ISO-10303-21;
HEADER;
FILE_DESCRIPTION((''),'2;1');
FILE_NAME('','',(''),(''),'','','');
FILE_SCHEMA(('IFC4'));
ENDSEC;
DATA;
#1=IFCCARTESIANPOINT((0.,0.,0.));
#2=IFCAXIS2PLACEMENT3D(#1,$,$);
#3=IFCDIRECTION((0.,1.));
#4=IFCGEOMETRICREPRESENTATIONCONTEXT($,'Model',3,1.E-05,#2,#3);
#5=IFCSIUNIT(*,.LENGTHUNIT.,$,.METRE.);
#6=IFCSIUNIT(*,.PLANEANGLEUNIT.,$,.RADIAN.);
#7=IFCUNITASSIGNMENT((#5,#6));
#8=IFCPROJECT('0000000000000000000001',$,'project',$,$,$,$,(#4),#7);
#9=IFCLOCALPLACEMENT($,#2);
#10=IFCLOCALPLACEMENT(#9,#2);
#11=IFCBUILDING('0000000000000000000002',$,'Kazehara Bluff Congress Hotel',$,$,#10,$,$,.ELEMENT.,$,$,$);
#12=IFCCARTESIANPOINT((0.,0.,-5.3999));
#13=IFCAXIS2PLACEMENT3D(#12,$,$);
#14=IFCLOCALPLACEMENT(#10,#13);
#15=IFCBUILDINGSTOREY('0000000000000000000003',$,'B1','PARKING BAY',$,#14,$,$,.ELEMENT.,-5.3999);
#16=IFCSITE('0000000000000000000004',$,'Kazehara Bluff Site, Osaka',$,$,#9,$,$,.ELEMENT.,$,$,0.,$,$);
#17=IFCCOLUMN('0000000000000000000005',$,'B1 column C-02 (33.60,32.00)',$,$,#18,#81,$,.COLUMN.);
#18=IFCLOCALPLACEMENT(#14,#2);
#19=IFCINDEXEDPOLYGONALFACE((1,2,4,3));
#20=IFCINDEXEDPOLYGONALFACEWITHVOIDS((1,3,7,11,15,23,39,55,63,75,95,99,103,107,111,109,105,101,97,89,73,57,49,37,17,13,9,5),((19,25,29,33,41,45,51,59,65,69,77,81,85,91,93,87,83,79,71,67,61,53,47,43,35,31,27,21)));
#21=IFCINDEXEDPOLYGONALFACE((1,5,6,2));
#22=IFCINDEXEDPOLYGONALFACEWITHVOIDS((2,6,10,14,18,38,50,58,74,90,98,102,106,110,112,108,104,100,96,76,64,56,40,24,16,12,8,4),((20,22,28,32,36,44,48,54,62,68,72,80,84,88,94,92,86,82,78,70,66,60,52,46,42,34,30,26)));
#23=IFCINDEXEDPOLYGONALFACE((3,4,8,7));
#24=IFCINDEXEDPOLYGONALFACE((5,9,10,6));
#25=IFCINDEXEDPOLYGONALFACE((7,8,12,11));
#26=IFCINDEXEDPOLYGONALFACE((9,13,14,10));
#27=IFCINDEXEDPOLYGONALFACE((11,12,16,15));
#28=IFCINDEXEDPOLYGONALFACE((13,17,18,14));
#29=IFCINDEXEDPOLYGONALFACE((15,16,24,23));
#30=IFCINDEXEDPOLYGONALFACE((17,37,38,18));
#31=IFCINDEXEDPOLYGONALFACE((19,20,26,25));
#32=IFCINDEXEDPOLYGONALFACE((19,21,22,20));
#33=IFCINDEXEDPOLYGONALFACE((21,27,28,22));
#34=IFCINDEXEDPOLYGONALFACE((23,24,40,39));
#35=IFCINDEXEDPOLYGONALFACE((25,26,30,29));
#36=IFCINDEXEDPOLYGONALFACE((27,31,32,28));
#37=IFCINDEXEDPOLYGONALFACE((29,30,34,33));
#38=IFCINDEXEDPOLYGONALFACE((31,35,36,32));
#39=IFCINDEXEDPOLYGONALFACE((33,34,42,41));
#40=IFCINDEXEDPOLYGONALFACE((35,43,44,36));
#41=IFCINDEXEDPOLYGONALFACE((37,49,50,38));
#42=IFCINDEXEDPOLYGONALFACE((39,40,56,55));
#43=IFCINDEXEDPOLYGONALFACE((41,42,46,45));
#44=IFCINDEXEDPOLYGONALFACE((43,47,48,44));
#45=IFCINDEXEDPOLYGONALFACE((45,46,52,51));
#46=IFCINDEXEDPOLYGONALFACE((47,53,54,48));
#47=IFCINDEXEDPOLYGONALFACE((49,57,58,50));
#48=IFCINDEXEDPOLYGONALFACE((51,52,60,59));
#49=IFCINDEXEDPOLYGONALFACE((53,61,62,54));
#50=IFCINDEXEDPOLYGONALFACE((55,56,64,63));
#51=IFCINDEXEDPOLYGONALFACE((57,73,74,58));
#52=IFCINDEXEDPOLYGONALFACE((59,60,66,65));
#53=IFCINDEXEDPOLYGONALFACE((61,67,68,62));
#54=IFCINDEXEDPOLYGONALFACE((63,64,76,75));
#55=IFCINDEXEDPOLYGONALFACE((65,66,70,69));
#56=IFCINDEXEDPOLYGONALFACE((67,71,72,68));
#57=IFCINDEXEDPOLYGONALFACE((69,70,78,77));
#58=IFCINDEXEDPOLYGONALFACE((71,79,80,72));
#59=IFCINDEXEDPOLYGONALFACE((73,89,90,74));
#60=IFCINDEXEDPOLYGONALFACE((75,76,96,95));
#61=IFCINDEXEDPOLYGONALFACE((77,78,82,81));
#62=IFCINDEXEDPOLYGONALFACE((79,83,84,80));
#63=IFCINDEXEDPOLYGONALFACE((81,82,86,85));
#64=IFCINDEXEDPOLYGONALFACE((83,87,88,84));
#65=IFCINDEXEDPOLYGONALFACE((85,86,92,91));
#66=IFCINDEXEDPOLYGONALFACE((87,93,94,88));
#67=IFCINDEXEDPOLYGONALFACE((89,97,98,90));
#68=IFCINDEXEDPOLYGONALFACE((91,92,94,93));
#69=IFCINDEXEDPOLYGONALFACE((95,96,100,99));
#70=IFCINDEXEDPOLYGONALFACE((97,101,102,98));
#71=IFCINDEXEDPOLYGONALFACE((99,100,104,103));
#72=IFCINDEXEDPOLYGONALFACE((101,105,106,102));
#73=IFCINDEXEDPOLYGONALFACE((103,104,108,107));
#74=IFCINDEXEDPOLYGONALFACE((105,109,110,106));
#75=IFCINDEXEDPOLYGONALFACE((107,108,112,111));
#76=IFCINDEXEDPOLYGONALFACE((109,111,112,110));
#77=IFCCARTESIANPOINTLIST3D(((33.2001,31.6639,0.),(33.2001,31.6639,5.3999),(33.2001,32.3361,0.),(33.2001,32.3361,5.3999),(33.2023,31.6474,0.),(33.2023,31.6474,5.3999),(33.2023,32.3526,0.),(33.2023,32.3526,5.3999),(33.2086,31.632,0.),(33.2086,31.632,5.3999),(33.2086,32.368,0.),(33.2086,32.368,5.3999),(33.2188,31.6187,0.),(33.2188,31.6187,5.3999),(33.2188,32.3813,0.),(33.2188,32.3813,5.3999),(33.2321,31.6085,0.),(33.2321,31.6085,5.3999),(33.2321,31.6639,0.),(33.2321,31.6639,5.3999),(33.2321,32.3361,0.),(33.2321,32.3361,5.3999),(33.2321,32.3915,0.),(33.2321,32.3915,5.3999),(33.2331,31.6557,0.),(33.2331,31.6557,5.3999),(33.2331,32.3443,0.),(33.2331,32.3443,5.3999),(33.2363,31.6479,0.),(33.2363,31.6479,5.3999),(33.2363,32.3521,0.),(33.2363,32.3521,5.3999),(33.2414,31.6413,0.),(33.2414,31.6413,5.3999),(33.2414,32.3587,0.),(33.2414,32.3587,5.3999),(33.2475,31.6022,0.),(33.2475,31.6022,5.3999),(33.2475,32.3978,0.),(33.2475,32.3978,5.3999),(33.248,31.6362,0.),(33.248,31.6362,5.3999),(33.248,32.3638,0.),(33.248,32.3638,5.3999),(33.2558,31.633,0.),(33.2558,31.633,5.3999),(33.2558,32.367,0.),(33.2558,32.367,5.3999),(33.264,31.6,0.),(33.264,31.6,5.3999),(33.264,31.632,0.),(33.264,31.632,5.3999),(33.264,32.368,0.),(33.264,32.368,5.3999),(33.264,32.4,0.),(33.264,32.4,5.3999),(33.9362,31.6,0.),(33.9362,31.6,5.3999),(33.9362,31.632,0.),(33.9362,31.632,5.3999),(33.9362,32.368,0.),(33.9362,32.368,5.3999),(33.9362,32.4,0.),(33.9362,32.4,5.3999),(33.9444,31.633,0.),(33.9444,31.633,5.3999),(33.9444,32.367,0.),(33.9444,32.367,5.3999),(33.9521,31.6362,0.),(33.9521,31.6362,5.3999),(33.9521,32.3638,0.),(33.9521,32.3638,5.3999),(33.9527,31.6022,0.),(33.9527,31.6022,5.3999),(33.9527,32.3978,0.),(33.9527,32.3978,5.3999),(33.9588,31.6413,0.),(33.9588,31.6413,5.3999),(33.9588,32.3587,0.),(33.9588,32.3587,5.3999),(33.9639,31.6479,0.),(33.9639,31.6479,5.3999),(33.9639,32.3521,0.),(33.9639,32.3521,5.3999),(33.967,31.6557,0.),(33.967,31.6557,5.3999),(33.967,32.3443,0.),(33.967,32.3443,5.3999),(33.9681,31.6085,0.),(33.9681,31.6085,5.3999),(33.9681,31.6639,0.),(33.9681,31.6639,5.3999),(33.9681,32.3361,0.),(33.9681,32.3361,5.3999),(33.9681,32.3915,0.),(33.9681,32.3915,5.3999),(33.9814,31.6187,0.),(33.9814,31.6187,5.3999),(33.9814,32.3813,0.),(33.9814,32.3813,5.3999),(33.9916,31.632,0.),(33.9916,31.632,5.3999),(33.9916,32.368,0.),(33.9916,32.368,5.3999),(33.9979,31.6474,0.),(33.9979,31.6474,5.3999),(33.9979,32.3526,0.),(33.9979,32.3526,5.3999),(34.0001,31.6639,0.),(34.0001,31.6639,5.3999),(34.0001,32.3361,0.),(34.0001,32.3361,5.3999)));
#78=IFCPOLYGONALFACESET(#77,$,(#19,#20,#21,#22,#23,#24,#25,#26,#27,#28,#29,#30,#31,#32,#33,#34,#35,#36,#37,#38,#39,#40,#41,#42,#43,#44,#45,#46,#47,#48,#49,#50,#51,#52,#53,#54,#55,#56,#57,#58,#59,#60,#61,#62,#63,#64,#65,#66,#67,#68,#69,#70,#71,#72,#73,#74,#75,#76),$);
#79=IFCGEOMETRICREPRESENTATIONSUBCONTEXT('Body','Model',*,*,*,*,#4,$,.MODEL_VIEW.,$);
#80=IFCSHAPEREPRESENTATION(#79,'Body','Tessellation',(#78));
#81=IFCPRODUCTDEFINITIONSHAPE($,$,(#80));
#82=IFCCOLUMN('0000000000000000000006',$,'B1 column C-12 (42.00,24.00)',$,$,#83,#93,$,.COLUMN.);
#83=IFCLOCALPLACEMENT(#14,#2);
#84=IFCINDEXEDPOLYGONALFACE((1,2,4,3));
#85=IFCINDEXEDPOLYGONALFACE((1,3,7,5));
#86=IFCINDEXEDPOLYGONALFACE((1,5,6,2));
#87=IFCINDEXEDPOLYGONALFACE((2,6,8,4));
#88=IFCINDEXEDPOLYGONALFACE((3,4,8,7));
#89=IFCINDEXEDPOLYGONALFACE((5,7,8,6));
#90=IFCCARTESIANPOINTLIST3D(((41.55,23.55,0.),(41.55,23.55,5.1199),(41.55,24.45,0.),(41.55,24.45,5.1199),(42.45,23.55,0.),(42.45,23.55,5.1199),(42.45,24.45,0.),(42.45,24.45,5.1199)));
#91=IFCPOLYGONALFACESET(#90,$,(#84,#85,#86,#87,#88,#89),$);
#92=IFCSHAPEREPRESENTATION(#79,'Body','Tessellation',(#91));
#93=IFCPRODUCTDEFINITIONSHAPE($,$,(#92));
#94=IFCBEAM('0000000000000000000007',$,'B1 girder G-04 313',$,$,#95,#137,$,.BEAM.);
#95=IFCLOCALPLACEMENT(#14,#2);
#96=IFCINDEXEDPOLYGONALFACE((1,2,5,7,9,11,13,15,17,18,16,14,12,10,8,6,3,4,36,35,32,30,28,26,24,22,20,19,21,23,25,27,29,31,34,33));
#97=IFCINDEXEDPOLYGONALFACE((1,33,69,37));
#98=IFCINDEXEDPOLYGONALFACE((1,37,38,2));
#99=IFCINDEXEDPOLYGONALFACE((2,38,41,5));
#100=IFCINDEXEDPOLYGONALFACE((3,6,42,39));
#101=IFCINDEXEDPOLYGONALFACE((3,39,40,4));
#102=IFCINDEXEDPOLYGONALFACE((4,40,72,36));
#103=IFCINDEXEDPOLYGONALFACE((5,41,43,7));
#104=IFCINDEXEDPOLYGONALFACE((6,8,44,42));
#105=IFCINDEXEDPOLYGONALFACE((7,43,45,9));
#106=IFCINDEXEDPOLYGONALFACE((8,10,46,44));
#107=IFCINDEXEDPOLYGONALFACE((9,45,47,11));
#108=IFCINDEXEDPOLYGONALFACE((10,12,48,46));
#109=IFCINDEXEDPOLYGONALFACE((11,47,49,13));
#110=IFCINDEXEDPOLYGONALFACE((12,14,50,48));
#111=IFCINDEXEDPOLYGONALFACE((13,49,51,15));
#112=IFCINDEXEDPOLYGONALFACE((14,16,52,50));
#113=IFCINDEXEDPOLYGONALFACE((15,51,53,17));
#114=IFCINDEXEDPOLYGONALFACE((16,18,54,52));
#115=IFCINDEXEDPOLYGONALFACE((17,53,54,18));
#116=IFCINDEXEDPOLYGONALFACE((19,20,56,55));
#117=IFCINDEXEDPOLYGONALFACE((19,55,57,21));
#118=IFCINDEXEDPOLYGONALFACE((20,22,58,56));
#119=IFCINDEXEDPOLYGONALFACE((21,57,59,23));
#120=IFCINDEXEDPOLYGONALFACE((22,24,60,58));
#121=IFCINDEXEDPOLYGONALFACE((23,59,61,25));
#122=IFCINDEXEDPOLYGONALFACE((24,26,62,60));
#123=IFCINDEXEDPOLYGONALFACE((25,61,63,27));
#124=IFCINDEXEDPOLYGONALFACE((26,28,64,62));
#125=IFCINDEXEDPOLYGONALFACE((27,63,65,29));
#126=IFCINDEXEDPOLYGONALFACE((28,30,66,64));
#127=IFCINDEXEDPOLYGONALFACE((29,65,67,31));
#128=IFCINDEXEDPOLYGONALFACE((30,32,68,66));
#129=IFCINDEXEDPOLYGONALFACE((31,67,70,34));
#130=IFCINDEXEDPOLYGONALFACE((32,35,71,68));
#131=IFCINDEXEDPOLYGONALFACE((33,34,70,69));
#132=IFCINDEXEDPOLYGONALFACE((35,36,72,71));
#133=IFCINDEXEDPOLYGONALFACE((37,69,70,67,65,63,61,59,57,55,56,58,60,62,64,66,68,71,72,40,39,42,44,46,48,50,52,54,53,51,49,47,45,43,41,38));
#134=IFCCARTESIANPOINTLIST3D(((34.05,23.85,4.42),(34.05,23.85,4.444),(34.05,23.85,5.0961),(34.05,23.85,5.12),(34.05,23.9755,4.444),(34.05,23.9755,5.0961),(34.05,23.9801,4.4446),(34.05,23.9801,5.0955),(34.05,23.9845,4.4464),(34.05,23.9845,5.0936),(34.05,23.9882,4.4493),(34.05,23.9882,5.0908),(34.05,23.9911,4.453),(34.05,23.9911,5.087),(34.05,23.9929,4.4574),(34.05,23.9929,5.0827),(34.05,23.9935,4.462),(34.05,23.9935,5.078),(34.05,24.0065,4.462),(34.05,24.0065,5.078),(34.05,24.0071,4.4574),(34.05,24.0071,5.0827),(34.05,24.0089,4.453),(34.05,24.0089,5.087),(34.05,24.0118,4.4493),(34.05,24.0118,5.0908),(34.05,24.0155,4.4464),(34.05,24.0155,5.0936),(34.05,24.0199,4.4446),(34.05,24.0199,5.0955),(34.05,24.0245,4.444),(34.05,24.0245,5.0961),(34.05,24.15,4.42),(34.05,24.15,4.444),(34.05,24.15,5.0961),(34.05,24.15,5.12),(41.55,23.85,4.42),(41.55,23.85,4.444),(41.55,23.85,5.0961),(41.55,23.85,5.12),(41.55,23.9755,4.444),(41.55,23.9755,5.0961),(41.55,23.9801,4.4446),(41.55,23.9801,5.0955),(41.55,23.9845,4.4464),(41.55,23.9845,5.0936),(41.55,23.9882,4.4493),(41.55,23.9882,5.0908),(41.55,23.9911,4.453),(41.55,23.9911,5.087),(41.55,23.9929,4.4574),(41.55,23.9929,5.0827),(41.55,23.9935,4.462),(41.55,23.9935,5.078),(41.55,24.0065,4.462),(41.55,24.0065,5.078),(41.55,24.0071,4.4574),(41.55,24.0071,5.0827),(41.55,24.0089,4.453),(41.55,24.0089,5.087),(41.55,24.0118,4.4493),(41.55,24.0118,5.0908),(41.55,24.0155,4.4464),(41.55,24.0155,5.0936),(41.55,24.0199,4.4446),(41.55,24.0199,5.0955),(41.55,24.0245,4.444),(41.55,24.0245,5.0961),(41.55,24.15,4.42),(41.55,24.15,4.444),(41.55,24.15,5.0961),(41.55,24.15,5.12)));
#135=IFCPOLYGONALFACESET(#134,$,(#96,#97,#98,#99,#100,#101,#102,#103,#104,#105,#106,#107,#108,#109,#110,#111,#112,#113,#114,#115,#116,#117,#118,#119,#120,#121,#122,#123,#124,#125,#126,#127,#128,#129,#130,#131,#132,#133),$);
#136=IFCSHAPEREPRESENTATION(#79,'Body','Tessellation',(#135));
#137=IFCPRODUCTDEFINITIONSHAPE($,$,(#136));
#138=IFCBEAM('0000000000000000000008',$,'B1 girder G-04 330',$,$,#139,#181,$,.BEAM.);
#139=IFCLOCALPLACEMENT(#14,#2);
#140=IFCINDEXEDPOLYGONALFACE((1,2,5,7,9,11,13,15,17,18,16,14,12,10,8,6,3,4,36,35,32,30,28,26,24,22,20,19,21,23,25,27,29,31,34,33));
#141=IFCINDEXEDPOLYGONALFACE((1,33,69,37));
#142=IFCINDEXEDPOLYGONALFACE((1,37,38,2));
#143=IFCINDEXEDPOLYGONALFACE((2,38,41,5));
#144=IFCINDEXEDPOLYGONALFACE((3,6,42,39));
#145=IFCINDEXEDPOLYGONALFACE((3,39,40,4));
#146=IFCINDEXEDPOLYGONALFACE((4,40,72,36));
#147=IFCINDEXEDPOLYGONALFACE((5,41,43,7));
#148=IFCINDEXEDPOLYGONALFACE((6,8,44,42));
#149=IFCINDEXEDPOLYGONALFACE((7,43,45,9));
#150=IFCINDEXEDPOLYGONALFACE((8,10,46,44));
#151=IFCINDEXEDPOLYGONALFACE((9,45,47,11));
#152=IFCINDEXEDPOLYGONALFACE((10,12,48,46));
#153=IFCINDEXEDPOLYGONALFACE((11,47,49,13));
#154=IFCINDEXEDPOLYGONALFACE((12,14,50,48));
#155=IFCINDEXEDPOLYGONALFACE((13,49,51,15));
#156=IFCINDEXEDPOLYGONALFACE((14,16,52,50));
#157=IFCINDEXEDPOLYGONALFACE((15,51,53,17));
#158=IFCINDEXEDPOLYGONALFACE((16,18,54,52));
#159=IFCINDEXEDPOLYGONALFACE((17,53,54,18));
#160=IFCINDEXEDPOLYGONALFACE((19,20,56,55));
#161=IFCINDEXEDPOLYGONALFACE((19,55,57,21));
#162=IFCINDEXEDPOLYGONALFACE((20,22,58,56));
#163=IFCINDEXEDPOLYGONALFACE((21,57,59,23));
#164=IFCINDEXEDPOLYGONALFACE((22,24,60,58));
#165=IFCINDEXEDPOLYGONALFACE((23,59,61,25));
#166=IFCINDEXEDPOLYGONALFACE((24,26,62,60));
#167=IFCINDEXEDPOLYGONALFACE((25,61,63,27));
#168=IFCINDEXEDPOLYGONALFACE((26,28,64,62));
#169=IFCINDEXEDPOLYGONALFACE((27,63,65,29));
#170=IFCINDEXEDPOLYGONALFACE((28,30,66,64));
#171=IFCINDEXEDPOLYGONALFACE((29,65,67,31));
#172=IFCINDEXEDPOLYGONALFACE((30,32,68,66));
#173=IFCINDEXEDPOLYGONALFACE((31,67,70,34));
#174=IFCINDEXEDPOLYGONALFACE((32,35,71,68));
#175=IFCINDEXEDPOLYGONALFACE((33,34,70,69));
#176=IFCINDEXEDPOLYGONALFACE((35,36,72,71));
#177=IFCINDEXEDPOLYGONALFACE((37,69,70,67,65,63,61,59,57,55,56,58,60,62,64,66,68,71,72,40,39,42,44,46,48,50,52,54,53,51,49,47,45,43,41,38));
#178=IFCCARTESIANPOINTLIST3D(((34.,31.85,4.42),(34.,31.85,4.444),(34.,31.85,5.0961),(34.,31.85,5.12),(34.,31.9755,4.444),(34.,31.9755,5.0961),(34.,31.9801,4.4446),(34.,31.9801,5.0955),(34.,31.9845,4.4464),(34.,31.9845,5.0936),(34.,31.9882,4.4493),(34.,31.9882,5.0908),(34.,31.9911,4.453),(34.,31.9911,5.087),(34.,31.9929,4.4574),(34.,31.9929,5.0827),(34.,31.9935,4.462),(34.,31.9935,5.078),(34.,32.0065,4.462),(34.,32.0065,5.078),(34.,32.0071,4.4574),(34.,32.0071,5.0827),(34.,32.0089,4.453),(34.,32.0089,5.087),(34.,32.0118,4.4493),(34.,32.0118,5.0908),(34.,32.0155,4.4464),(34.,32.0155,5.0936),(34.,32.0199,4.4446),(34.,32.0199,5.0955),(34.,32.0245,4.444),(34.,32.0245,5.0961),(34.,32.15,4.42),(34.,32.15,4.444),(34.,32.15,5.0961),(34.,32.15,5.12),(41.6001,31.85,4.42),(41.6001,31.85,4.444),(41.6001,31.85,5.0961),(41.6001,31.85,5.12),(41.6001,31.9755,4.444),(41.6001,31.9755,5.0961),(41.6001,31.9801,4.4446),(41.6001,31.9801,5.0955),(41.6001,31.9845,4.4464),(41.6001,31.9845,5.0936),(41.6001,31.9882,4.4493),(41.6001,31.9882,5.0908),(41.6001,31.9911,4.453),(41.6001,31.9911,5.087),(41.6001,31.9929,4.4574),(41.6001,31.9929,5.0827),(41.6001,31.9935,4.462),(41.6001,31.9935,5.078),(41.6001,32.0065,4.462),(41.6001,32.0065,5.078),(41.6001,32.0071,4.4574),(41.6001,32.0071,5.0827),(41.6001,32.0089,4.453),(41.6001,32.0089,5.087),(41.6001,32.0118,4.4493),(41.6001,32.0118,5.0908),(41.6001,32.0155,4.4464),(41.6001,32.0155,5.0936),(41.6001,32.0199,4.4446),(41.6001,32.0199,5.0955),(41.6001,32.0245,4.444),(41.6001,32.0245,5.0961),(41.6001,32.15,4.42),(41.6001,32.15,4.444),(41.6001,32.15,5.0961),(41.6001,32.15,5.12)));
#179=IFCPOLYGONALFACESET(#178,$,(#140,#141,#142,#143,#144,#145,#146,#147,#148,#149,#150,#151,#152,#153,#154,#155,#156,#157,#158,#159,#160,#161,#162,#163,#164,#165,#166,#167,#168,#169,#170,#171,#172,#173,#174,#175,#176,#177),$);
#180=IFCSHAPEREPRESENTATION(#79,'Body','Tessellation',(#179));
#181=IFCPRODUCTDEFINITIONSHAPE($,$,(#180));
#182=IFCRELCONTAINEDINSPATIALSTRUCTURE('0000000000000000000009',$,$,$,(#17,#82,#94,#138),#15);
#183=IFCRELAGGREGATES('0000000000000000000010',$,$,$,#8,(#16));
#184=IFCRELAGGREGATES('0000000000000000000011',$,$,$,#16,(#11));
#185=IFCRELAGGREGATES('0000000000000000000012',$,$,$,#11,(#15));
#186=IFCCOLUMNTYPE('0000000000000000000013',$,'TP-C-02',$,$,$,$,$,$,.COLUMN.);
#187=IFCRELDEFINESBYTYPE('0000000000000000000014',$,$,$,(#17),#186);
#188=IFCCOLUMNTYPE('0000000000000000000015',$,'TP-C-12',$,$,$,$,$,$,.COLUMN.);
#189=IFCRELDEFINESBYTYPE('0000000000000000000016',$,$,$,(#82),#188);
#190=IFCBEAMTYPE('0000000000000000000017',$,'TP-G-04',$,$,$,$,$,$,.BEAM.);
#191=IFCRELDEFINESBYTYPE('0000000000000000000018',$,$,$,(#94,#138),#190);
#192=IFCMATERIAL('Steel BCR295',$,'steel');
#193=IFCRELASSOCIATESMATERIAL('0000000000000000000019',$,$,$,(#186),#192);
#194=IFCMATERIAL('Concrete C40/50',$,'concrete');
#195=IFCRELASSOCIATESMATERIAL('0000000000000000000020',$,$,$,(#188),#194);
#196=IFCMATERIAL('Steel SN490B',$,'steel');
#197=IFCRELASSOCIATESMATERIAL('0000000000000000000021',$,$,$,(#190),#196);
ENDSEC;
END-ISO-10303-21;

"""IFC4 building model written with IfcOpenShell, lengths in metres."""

from ifc_helpers import new_model, si_unit, direction, frame, origin, origin_2d, place, context, subcontext, project, spatial, rectangle, hollow_rectangle, i_section, extrude, material, material_profile, profile_set, type_object, element, save


model = new_model("IFC4")

# Units and contexts
model_context = context("Model", 3, precision=1e-05, world=origin(), true_north=direction((0.0, 1.0)))
body_context = subcontext(model_context, "Body", "Model", "MODEL_VIEW")
ifc_project = project(units=[si_unit("LENGTHUNIT", "METRE"), si_unit("PLANEANGLEUNIT", "RADIAN")], contexts=[model_context])

# Site, building, storey
site_placement = place(None, origin())
site = spatial("IfcSite", under=ifc_project, at=site_placement, Name="Kazehara Bluff Site, Osaka", CompositionType="ELEMENT", RefElevation=0.0)
building_placement = place(site_placement, origin())
building = spatial("IfcBuilding", under=site, at=building_placement, Name="Kazehara Bluff Congress Hotel", CompositionType="ELEMENT")
storey_placement = place(building_placement, frame((0.0, 0.0, -5.3999)))
storey = spatial("IfcBuildingStorey", under=building, at=storey_placement, Name="B1", Description="PARKING BAY", CompositionType="ELEMENT", Elevation=-5.3999)

# Columns
ifc_material_1 = material(Name="Steel BCR295", Category="steel")
ifc_material_profile_1 = material_profile(ifc_material_1, hollow_rectangle(XDim=0.8, YDim=0.8, WallThickness=0.032, InnerFilletRadius=0.032, OuterFilletRadius=0.064, at=origin_2d()))
ifc_profile_set_1 = profile_set([ifc_material_profile_1], Name="Steel BCR295")
column_type_1 = type_object("IfcColumnType", Name="TP-C-02", PredefinedType="COLUMN", material=ifc_profile_set_1)
column_1_placement = place(storey_placement, frame((33.6001, 32.0, 0.0), z_axis=(0.0, 0.0, 1.0), x_axis=(1.0, 0.0, 0.0)))
element("IfcColumn", 1, at=column_1_placement, inside=storey, type_object=column_type_1, Name="B1 column C-02 (33.60,32.00)", PredefinedType="COLUMN", context=body_context, shape_type="SweptSolid", body=[
    extrude(hollow_rectangle(XDim=0.8, YDim=0.8, WallThickness=0.032, InnerFilletRadius=0.032, OuterFilletRadius=0.064, at=origin_2d()), origin(), (0.0, 0.0, 1.0), 5.3999),
])
ifc_material_2 = material(Name="Concrete C40/50", Category="concrete")
ifc_material_profile_2 = material_profile(ifc_material_2, rectangle(XDim=0.8999, YDim=0.8999, at=origin_2d()))
ifc_profile_set_2 = profile_set([ifc_material_profile_2], Name="Concrete C40/50")
column_type_2 = type_object("IfcColumnType", Name="TP-C-12", PredefinedType="COLUMN", material=ifc_profile_set_2)
column_2_placement = place(storey_placement, frame((42.0, 24.0, 0.0), z_axis=(0.0, 0.0, 1.0), x_axis=(1.0, 0.0, 0.0)))
element("IfcColumn", 2, at=column_2_placement, inside=storey, type_object=column_type_2, Name="B1 column C-12 (42.00,24.00)", PredefinedType="COLUMN", context=body_context, shape_type="SweptSolid", body=[
    extrude(rectangle(XDim=0.8999, YDim=0.8999, at=origin_2d()), origin(), (0.0, 0.0, 1.0), 5.1199),
])

# Beams
ifc_material_3 = material(Name="Steel SN490B", Category="steel")
ifc_material_profile_3 = material_profile(ifc_material_3, i_section(OverallWidth=0.3, OverallDepth=0.7, WebThickness=0.0129, FlangeThickness=0.0239, FilletRadius=0.0181, at=origin_2d()))
ifc_profile_set_3 = profile_set([ifc_material_profile_3], Name="Steel SN490B")
beam_type_1 = type_object("IfcBeamType", Name="TP-G-04", PredefinedType="BEAM", material=ifc_profile_set_3)
beam_1_placement = place(storey_placement, frame((34.05, 24.0, 4.77), z_axis=(1.0, 0.0, 0.0), x_axis=(0.0, 1.0, 0.0)))
element("IfcBeam", 3, at=beam_1_placement, inside=storey, type_object=beam_type_1, Name="B1 girder G-04 313", PredefinedType="BEAM", context=body_context, shape_type="SweptSolid", body=[
    extrude(i_section(OverallWidth=0.3, OverallDepth=0.7, WebThickness=0.0129, FlangeThickness=0.0239, FilletRadius=0.0181, at=origin_2d()), origin(), (0.0, 0.0, 1.0), 7.5),
])
beam_2_placement = place(storey_placement, frame((34.0, 32.0, 4.77), z_axis=(1.0, 0.0, 0.0), x_axis=(0.0, 1.0, 0.0)))
element("IfcBeam", 4, at=beam_2_placement, inside=storey, type_object=beam_type_1, Name="B1 girder G-04 330", PredefinedType="BEAM", context=body_context, shape_type="SweptSolid", body=[
    extrude(i_section(OverallWidth=0.3, OverallDepth=0.7, WebThickness=0.0129, FlangeThickness=0.0239, FilletRadius=0.0181, at=origin_2d()), origin(), (0.0, 0.0, 1.0), 7.6001),
])

save(model, "model.ifc")
